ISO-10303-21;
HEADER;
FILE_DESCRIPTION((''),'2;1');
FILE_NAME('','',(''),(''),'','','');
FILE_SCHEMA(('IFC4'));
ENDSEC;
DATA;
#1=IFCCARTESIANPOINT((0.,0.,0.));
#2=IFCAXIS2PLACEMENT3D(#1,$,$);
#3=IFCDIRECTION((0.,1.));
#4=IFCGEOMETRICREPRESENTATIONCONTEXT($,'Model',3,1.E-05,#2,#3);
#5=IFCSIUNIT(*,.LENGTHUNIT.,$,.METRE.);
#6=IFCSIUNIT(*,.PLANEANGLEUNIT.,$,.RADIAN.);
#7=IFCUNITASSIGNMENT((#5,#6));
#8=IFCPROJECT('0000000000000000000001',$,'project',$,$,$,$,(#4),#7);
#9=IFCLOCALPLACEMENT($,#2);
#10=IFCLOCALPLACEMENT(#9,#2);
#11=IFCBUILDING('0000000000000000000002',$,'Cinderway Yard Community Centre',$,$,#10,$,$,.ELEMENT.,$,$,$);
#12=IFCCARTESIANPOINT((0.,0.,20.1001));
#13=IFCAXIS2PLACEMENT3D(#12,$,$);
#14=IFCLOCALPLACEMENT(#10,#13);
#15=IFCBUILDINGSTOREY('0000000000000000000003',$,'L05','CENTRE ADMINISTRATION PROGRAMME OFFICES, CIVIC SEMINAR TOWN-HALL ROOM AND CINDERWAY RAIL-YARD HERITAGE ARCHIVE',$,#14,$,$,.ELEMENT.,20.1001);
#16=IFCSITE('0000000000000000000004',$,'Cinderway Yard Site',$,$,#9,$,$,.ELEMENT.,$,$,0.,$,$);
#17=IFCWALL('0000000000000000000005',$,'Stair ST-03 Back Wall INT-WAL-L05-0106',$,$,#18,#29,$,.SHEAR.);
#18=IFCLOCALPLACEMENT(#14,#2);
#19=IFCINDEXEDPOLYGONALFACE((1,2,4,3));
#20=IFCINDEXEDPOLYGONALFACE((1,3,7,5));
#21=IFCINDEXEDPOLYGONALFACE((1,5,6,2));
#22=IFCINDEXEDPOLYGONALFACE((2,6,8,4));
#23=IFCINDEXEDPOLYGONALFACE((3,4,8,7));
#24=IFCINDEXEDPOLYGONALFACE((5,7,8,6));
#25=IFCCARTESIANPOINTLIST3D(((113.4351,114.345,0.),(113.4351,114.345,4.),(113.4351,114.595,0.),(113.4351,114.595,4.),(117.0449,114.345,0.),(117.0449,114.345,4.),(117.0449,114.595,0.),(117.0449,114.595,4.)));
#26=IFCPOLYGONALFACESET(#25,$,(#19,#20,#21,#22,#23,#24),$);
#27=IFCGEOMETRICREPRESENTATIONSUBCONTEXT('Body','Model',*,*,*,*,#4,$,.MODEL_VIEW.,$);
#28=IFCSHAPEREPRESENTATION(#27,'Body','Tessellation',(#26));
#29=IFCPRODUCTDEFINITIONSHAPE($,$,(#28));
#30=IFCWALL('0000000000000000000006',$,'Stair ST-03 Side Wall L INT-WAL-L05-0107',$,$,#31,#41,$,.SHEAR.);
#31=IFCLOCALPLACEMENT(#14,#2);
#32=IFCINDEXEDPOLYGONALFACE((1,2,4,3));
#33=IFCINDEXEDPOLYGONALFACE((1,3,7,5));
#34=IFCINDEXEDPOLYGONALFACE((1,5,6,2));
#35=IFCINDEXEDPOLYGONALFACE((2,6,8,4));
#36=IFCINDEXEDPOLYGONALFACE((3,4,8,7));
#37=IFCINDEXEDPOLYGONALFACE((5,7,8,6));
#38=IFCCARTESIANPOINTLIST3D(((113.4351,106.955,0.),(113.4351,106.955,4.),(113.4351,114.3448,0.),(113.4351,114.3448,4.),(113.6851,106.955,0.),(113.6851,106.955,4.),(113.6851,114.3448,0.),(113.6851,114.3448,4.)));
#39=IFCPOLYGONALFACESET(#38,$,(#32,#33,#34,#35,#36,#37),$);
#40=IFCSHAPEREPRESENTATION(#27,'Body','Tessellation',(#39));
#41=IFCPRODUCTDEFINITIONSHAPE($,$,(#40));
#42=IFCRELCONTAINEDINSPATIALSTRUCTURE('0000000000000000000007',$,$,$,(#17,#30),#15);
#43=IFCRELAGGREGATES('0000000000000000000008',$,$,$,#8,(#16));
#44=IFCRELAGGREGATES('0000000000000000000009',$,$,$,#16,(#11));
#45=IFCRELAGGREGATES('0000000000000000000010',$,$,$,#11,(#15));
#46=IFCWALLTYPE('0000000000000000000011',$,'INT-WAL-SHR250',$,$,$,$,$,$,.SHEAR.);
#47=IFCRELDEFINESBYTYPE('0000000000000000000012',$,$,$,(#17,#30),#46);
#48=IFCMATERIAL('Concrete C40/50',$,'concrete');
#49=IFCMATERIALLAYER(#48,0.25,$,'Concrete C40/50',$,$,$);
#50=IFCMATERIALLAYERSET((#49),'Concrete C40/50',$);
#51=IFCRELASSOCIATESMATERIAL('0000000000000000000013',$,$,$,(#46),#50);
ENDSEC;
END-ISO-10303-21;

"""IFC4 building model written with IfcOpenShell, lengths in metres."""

from ifc_helpers import new_model, si_unit, direction, frame, frame_2d, origin, place, context, subcontext, project, spatial, rectangle, extrude, material, layer, layer_set, type_object, element, save


model = new_model("IFC4")

# Units and contexts
model_context = context("Model", 3, precision=1e-05, world=origin(), true_north=direction((0.0, 1.0)))
body_context = subcontext(model_context, "Body", "Model", "MODEL_VIEW")
ifc_project = project(units=[si_unit("LENGTHUNIT", "METRE"), si_unit("PLANEANGLEUNIT", "RADIAN")], contexts=[model_context])

# Site, building, storey
site_placement = place(None, origin())
site = spatial("IfcSite", under=ifc_project, at=site_placement, Name="Cinderway Yard Site", CompositionType="ELEMENT", RefElevation=0.0)
building_placement = place(site_placement, origin())
building = spatial("IfcBuilding", under=site, at=building_placement, Name="Cinderway Yard Community Centre", CompositionType="ELEMENT")
storey_placement = place(building_placement, frame((0.0, 0.0, 20.1001)))
storey = spatial("IfcBuildingStorey", under=building, at=storey_placement, Name="L05", Description="CENTRE ADMINISTRATION PROGRAMME OFFICES, CIVIC SEMINAR TOWN-HALL ROOM AND CINDERWAY RAIL-YARD HERITAGE ARCHIVE", CompositionType="ELEMENT", Elevation=20.1001)

# Walls
ifc_material_1 = material(Name="Concrete C40/50", Category="concrete")
ifc_layer_1 = layer(ifc_material_1, 0.25, Name="Concrete C40/50")
ifc_layer_set_1 = layer_set([ifc_layer_1], Name="Concrete C40/50")
wall_type = type_object("IfcWallType", Name="INT-WAL-SHR250", PredefinedType="SHEAR", material=ifc_layer_set_1)
wall_1_placement = place(storey_placement, frame((113.4351, 114.47, 0.0), z_axis=(0.0, 0.0, 1.0), x_axis=(1.0, 0.0, 0.0)))
element("IfcWall", 1, at=wall_1_placement, inside=storey, type_object=wall_type, Name="Stair ST-03 Back Wall INT-WAL-L05-0106", PredefinedType="SHEAR", context=body_context, shape_type="SweptSolid", body=[
    extrude(rectangle(XDim=3.6099, YDim=0.25, at=frame_2d((1.8049, 0.0))), origin(), (0.0, 0.0, 1.0), 4.0),
])
wall_2_placement = place(storey_placement, frame((113.5601, 106.9551, 0.0), z_axis=(0.0, 0.0, 1.0), x_axis=(0.0, 1.0, 0.0)))
element("IfcWall", 2, at=wall_2_placement, inside=storey, type_object=wall_type, Name="Stair ST-03 Side Wall L INT-WAL-L05-0107", PredefinedType="SHEAR", context=body_context, shape_type="SweptSolid", body=[
    extrude(rectangle(XDim=7.3899, YDim=0.25, at=frame_2d((3.6948, 0.0))), origin(), (0.0, 0.0, 1.0), 4.0),
])

save(model, "model.ifc")
